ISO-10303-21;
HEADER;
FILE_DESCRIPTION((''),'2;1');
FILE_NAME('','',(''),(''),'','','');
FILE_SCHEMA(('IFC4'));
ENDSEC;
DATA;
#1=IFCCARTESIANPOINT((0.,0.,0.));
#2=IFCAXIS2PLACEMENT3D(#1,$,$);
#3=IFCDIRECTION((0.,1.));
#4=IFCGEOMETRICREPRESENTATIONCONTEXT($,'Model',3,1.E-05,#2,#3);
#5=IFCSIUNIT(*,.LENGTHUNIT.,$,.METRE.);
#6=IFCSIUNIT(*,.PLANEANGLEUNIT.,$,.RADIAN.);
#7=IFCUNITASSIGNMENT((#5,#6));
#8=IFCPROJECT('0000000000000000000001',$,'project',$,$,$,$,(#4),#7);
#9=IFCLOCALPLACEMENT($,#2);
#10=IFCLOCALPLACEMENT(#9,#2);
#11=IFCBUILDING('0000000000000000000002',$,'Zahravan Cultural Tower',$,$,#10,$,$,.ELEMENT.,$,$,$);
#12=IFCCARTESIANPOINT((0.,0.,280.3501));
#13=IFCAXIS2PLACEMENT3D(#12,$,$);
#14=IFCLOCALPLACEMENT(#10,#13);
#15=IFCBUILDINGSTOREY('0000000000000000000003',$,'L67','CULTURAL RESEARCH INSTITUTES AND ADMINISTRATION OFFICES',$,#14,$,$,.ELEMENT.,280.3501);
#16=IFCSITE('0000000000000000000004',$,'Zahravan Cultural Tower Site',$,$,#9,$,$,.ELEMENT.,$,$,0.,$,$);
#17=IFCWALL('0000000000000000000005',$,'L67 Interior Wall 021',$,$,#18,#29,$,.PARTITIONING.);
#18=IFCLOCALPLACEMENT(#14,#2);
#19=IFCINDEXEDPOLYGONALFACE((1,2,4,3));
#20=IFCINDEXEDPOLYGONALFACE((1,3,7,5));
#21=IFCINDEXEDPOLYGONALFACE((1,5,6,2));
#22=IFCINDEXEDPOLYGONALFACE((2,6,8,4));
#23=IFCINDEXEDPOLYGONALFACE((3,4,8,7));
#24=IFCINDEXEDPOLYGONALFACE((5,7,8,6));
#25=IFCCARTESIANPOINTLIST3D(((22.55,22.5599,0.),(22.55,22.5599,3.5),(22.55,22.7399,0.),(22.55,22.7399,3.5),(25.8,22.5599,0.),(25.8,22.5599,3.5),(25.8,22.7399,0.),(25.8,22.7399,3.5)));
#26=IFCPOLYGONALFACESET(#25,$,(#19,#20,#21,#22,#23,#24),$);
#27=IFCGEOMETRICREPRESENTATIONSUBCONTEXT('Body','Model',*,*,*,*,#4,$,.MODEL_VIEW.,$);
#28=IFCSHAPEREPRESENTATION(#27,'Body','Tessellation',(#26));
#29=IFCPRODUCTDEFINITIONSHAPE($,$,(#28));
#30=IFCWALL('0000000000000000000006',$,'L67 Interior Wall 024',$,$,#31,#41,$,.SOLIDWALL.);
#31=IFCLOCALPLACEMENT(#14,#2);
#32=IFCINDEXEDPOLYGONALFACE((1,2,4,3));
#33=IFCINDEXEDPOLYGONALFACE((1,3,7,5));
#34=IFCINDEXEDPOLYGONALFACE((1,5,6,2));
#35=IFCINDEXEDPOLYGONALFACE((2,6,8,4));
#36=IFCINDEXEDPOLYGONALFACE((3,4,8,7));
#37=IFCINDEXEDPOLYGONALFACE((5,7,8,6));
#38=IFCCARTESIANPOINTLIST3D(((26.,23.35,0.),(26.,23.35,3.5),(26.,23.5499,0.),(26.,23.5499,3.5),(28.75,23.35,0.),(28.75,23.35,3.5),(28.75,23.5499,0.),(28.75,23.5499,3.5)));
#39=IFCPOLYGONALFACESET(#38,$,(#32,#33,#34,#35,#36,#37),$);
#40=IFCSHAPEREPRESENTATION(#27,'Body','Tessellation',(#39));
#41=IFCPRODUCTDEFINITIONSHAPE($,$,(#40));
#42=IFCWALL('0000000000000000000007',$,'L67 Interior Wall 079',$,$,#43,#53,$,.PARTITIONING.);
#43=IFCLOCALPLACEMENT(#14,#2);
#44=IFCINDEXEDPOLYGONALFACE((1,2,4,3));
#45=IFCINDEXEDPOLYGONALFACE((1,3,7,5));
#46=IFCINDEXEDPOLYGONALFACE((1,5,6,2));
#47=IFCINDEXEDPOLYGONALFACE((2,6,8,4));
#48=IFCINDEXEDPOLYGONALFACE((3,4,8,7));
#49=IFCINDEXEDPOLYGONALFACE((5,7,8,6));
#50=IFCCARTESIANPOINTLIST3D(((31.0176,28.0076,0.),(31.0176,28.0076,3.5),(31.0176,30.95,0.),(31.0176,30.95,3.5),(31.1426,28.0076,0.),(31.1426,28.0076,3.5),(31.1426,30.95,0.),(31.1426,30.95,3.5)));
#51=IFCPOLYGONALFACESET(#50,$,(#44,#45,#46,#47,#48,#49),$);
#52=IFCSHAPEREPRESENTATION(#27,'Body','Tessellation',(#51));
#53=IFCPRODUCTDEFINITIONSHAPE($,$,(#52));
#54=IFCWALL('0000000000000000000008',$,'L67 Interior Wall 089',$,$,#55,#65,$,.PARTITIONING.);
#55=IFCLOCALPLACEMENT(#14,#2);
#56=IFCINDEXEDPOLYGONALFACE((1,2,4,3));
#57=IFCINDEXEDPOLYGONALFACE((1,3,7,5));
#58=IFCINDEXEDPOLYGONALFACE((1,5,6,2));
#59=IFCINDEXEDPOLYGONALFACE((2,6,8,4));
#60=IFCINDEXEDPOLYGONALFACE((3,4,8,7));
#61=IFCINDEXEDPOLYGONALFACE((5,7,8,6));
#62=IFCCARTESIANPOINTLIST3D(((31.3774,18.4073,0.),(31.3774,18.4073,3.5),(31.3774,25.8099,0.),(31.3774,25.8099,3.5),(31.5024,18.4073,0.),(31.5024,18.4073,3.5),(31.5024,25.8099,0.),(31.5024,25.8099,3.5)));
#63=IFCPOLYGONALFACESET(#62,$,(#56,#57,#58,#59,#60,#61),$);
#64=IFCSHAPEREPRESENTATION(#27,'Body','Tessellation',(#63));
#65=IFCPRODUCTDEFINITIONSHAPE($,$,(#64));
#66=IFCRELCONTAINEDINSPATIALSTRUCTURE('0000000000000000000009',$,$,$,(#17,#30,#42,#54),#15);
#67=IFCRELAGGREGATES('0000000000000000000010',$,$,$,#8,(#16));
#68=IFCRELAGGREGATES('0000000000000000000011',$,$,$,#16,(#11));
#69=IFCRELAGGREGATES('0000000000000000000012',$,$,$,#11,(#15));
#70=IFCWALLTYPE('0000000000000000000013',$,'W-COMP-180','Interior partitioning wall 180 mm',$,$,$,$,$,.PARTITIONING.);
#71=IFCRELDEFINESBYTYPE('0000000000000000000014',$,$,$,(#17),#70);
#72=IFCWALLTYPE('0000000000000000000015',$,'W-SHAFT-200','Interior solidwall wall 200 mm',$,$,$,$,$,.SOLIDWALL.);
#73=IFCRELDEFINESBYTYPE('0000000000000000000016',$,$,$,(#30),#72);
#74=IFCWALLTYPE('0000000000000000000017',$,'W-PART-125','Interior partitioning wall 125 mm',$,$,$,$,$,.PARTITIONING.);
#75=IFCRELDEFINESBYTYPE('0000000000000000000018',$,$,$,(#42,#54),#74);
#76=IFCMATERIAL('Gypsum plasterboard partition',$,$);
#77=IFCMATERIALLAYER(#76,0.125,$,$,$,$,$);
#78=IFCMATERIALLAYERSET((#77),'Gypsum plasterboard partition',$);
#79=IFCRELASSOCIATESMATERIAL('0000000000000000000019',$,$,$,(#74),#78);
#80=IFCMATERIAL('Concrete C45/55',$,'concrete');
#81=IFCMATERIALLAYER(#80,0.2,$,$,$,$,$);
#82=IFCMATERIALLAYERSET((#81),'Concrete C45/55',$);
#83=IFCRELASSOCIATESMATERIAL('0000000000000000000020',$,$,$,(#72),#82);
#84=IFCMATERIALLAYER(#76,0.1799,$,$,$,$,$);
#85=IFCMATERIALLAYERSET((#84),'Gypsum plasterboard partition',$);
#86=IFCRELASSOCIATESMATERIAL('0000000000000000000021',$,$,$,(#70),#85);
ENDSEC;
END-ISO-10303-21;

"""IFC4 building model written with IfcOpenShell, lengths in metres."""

from ifc_helpers import new_model, si_unit, direction, frame, frame_2d, origin, place, context, subcontext, project, spatial, rectangle, extrude, source, transform, mapped, material, layer, layer_set, type_object, element, save


model = new_model("IFC4")

# Units and contexts
model_context = context("Model", 3, precision=1e-05, world=origin(), true_north=direction((0.0, 1.0)))
body_context = subcontext(model_context, "Body", "Model", "MODEL_VIEW")
ifc_project = project(units=[si_unit("LENGTHUNIT", "METRE"), si_unit("PLANEANGLEUNIT", "RADIAN")], contexts=[model_context])

# Site, building, storey
site_placement = place(None, origin())
site = spatial("IfcSite", under=ifc_project, at=site_placement, Name="Zahravan Cultural Tower Site", CompositionType="ELEMENT", RefElevation=0.0)
building_placement = place(site_placement, origin())
building = spatial("IfcBuilding", under=site, at=building_placement, Name="Zahravan Cultural Tower", CompositionType="ELEMENT")
storey_placement = place(building_placement, frame((0.0, 0.0, 280.3501)))
storey = spatial("IfcBuildingStorey", under=building, at=storey_placement, Name="L67", Description="CULTURAL RESEARCH INSTITUTES AND ADMINISTRATION OFFICES", CompositionType="ELEMENT", Elevation=280.3501)

# Shared definitions
ifc_material_1 = material(Name="Gypsum plasterboard partition")
ifc_layer_1 = layer(ifc_material_1, 0.125)
ifc_layer_set_1 = layer_set([ifc_layer_1], Name="Gypsum plasterboard partition")
wall_type_1 = type_object("IfcWallType", Name="W-PART-125", Description="Interior partitioning wall 125 mm", PredefinedType="PARTITIONING", material=ifc_layer_set_1)

# Shared definitions
ifc_material_2 = material(Name="Concrete C45/55", Category="concrete")
ifc_layer_2 = layer(ifc_material_2, 0.2)
ifc_layer_set_2 = layer_set([ifc_layer_2], Name="Concrete C45/55")
wall_type_2 = type_object("IfcWallType", Name="W-SHAFT-200", Description="Interior solidwall wall 200 mm", PredefinedType="SOLIDWALL", material=ifc_layer_set_2)

# Walls
ifc_layer_3 = layer(ifc_material_1, 0.1799)
ifc_layer_set_3 = layer_set([ifc_layer_3], Name="Gypsum plasterboard partition")
wall_type_3 = type_object("IfcWallType", Name="W-COMP-180", Description="Interior partitioning wall 180 mm", PredefinedType="PARTITIONING", material=ifc_layer_set_3)
shared_shape_1 = source(origin(), body_context, "Body", "SweptSolid", [
    extrude(rectangle(XDim=3.25, YDim=0.1799, at=frame_2d((1.625, 0.0))), origin(), (0.0, 0.0, 1.0), 3.5),
])
wall_1_placement = place(storey_placement, frame((22.55, 22.6499, 0.0), z_axis=(0.0, 0.0, 1.0), x_axis=(1.0, 0.0, 0.0)))
element("IfcWall", 1, at=wall_1_placement, inside=storey, type_object=wall_type_3, Name="L67 Interior Wall 021", PredefinedType="PARTITIONING", context=body_context, shape_type="MappedRepresentation", body=[
    mapped(shared_shape_1, transform((0.0, 0.0, 0.0), x_axis=(1.0, 0.0, 0.0), y_axis=(0.0, 1.0, 0.0), z_axis=(0.0, 0.0, 1.0), scale=1.0)),
])
shared_shape_2 = source(origin(), body_context, "Body", "SweptSolid", [
    extrude(rectangle(XDim=2.75, YDim=0.2, at=frame_2d((1.375, 0.0))), origin(), (0.0, 0.0, 1.0), 3.5),
])
wall_2_placement = place(storey_placement, frame((26.0, 23.45, 0.0), z_axis=(0.0, 0.0, 1.0), x_axis=(1.0, 0.0, 0.0)))
element("IfcWall", 2, at=wall_2_placement, inside=storey, type_object=wall_type_2, Name="L67 Interior Wall 024", PredefinedType="SOLIDWALL", context=body_context, shape_type="MappedRepresentation", body=[
    mapped(shared_shape_2, transform((0.0, 0.0, 0.0), x_axis=(1.0, 0.0, 0.0), y_axis=(0.0, 1.0, 0.0), z_axis=(0.0, 0.0, 1.0), scale=1.0)),
])
shared_shape_3 = source(origin(), body_context, "Body", "SweptSolid", [
    extrude(rectangle(XDim=2.9424, YDim=0.125, at=frame_2d((1.4712, 0.0))), origin(), (0.0, 0.0, 1.0), 3.5),
])
wall_3_placement = place(storey_placement, frame((31.0801, 28.0076, 0.0), z_axis=(0.0, 0.0, 1.0), x_axis=(0.0, 1.0, 0.0)))
element("IfcWall", 3, at=wall_3_placement, inside=storey, type_object=wall_type_1, Name="L67 Interior Wall 079", PredefinedType="PARTITIONING", context=body_context, shape_type="MappedRepresentation", body=[
    mapped(shared_shape_3, transform((0.0, 0.0, 0.0), x_axis=(1.0, 0.0, 0.0), y_axis=(0.0, 1.0, 0.0), z_axis=(0.0, 0.0, 1.0), scale=1.0)),
])
shared_shape_4 = source(origin(), body_context, "Body", "SweptSolid", [
    extrude(rectangle(XDim=7.4026, YDim=0.125, at=frame_2d((3.7012, 0.0))), origin(), (0.0, 0.0, 1.0), 3.5),
])
wall_4_placement = place(storey_placement, frame((31.4399, 18.4075, 0.0), z_axis=(0.0, 0.0, 1.0), x_axis=(0.0, 1.0, 0.0)))
element("IfcWall", 4, at=wall_4_placement, inside=storey, type_object=wall_type_1, Name="L67 Interior Wall 089", PredefinedType="PARTITIONING", context=body_context, shape_type="MappedRepresentation", body=[
    mapped(shared_shape_4, transform((0.0, 0.0, 0.0), x_axis=(1.0, 0.0, 0.0), y_axis=(0.0, 1.0, 0.0), z_axis=(0.0, 0.0, 1.0), scale=1.0)),
])

save(model, "model.ifc")
